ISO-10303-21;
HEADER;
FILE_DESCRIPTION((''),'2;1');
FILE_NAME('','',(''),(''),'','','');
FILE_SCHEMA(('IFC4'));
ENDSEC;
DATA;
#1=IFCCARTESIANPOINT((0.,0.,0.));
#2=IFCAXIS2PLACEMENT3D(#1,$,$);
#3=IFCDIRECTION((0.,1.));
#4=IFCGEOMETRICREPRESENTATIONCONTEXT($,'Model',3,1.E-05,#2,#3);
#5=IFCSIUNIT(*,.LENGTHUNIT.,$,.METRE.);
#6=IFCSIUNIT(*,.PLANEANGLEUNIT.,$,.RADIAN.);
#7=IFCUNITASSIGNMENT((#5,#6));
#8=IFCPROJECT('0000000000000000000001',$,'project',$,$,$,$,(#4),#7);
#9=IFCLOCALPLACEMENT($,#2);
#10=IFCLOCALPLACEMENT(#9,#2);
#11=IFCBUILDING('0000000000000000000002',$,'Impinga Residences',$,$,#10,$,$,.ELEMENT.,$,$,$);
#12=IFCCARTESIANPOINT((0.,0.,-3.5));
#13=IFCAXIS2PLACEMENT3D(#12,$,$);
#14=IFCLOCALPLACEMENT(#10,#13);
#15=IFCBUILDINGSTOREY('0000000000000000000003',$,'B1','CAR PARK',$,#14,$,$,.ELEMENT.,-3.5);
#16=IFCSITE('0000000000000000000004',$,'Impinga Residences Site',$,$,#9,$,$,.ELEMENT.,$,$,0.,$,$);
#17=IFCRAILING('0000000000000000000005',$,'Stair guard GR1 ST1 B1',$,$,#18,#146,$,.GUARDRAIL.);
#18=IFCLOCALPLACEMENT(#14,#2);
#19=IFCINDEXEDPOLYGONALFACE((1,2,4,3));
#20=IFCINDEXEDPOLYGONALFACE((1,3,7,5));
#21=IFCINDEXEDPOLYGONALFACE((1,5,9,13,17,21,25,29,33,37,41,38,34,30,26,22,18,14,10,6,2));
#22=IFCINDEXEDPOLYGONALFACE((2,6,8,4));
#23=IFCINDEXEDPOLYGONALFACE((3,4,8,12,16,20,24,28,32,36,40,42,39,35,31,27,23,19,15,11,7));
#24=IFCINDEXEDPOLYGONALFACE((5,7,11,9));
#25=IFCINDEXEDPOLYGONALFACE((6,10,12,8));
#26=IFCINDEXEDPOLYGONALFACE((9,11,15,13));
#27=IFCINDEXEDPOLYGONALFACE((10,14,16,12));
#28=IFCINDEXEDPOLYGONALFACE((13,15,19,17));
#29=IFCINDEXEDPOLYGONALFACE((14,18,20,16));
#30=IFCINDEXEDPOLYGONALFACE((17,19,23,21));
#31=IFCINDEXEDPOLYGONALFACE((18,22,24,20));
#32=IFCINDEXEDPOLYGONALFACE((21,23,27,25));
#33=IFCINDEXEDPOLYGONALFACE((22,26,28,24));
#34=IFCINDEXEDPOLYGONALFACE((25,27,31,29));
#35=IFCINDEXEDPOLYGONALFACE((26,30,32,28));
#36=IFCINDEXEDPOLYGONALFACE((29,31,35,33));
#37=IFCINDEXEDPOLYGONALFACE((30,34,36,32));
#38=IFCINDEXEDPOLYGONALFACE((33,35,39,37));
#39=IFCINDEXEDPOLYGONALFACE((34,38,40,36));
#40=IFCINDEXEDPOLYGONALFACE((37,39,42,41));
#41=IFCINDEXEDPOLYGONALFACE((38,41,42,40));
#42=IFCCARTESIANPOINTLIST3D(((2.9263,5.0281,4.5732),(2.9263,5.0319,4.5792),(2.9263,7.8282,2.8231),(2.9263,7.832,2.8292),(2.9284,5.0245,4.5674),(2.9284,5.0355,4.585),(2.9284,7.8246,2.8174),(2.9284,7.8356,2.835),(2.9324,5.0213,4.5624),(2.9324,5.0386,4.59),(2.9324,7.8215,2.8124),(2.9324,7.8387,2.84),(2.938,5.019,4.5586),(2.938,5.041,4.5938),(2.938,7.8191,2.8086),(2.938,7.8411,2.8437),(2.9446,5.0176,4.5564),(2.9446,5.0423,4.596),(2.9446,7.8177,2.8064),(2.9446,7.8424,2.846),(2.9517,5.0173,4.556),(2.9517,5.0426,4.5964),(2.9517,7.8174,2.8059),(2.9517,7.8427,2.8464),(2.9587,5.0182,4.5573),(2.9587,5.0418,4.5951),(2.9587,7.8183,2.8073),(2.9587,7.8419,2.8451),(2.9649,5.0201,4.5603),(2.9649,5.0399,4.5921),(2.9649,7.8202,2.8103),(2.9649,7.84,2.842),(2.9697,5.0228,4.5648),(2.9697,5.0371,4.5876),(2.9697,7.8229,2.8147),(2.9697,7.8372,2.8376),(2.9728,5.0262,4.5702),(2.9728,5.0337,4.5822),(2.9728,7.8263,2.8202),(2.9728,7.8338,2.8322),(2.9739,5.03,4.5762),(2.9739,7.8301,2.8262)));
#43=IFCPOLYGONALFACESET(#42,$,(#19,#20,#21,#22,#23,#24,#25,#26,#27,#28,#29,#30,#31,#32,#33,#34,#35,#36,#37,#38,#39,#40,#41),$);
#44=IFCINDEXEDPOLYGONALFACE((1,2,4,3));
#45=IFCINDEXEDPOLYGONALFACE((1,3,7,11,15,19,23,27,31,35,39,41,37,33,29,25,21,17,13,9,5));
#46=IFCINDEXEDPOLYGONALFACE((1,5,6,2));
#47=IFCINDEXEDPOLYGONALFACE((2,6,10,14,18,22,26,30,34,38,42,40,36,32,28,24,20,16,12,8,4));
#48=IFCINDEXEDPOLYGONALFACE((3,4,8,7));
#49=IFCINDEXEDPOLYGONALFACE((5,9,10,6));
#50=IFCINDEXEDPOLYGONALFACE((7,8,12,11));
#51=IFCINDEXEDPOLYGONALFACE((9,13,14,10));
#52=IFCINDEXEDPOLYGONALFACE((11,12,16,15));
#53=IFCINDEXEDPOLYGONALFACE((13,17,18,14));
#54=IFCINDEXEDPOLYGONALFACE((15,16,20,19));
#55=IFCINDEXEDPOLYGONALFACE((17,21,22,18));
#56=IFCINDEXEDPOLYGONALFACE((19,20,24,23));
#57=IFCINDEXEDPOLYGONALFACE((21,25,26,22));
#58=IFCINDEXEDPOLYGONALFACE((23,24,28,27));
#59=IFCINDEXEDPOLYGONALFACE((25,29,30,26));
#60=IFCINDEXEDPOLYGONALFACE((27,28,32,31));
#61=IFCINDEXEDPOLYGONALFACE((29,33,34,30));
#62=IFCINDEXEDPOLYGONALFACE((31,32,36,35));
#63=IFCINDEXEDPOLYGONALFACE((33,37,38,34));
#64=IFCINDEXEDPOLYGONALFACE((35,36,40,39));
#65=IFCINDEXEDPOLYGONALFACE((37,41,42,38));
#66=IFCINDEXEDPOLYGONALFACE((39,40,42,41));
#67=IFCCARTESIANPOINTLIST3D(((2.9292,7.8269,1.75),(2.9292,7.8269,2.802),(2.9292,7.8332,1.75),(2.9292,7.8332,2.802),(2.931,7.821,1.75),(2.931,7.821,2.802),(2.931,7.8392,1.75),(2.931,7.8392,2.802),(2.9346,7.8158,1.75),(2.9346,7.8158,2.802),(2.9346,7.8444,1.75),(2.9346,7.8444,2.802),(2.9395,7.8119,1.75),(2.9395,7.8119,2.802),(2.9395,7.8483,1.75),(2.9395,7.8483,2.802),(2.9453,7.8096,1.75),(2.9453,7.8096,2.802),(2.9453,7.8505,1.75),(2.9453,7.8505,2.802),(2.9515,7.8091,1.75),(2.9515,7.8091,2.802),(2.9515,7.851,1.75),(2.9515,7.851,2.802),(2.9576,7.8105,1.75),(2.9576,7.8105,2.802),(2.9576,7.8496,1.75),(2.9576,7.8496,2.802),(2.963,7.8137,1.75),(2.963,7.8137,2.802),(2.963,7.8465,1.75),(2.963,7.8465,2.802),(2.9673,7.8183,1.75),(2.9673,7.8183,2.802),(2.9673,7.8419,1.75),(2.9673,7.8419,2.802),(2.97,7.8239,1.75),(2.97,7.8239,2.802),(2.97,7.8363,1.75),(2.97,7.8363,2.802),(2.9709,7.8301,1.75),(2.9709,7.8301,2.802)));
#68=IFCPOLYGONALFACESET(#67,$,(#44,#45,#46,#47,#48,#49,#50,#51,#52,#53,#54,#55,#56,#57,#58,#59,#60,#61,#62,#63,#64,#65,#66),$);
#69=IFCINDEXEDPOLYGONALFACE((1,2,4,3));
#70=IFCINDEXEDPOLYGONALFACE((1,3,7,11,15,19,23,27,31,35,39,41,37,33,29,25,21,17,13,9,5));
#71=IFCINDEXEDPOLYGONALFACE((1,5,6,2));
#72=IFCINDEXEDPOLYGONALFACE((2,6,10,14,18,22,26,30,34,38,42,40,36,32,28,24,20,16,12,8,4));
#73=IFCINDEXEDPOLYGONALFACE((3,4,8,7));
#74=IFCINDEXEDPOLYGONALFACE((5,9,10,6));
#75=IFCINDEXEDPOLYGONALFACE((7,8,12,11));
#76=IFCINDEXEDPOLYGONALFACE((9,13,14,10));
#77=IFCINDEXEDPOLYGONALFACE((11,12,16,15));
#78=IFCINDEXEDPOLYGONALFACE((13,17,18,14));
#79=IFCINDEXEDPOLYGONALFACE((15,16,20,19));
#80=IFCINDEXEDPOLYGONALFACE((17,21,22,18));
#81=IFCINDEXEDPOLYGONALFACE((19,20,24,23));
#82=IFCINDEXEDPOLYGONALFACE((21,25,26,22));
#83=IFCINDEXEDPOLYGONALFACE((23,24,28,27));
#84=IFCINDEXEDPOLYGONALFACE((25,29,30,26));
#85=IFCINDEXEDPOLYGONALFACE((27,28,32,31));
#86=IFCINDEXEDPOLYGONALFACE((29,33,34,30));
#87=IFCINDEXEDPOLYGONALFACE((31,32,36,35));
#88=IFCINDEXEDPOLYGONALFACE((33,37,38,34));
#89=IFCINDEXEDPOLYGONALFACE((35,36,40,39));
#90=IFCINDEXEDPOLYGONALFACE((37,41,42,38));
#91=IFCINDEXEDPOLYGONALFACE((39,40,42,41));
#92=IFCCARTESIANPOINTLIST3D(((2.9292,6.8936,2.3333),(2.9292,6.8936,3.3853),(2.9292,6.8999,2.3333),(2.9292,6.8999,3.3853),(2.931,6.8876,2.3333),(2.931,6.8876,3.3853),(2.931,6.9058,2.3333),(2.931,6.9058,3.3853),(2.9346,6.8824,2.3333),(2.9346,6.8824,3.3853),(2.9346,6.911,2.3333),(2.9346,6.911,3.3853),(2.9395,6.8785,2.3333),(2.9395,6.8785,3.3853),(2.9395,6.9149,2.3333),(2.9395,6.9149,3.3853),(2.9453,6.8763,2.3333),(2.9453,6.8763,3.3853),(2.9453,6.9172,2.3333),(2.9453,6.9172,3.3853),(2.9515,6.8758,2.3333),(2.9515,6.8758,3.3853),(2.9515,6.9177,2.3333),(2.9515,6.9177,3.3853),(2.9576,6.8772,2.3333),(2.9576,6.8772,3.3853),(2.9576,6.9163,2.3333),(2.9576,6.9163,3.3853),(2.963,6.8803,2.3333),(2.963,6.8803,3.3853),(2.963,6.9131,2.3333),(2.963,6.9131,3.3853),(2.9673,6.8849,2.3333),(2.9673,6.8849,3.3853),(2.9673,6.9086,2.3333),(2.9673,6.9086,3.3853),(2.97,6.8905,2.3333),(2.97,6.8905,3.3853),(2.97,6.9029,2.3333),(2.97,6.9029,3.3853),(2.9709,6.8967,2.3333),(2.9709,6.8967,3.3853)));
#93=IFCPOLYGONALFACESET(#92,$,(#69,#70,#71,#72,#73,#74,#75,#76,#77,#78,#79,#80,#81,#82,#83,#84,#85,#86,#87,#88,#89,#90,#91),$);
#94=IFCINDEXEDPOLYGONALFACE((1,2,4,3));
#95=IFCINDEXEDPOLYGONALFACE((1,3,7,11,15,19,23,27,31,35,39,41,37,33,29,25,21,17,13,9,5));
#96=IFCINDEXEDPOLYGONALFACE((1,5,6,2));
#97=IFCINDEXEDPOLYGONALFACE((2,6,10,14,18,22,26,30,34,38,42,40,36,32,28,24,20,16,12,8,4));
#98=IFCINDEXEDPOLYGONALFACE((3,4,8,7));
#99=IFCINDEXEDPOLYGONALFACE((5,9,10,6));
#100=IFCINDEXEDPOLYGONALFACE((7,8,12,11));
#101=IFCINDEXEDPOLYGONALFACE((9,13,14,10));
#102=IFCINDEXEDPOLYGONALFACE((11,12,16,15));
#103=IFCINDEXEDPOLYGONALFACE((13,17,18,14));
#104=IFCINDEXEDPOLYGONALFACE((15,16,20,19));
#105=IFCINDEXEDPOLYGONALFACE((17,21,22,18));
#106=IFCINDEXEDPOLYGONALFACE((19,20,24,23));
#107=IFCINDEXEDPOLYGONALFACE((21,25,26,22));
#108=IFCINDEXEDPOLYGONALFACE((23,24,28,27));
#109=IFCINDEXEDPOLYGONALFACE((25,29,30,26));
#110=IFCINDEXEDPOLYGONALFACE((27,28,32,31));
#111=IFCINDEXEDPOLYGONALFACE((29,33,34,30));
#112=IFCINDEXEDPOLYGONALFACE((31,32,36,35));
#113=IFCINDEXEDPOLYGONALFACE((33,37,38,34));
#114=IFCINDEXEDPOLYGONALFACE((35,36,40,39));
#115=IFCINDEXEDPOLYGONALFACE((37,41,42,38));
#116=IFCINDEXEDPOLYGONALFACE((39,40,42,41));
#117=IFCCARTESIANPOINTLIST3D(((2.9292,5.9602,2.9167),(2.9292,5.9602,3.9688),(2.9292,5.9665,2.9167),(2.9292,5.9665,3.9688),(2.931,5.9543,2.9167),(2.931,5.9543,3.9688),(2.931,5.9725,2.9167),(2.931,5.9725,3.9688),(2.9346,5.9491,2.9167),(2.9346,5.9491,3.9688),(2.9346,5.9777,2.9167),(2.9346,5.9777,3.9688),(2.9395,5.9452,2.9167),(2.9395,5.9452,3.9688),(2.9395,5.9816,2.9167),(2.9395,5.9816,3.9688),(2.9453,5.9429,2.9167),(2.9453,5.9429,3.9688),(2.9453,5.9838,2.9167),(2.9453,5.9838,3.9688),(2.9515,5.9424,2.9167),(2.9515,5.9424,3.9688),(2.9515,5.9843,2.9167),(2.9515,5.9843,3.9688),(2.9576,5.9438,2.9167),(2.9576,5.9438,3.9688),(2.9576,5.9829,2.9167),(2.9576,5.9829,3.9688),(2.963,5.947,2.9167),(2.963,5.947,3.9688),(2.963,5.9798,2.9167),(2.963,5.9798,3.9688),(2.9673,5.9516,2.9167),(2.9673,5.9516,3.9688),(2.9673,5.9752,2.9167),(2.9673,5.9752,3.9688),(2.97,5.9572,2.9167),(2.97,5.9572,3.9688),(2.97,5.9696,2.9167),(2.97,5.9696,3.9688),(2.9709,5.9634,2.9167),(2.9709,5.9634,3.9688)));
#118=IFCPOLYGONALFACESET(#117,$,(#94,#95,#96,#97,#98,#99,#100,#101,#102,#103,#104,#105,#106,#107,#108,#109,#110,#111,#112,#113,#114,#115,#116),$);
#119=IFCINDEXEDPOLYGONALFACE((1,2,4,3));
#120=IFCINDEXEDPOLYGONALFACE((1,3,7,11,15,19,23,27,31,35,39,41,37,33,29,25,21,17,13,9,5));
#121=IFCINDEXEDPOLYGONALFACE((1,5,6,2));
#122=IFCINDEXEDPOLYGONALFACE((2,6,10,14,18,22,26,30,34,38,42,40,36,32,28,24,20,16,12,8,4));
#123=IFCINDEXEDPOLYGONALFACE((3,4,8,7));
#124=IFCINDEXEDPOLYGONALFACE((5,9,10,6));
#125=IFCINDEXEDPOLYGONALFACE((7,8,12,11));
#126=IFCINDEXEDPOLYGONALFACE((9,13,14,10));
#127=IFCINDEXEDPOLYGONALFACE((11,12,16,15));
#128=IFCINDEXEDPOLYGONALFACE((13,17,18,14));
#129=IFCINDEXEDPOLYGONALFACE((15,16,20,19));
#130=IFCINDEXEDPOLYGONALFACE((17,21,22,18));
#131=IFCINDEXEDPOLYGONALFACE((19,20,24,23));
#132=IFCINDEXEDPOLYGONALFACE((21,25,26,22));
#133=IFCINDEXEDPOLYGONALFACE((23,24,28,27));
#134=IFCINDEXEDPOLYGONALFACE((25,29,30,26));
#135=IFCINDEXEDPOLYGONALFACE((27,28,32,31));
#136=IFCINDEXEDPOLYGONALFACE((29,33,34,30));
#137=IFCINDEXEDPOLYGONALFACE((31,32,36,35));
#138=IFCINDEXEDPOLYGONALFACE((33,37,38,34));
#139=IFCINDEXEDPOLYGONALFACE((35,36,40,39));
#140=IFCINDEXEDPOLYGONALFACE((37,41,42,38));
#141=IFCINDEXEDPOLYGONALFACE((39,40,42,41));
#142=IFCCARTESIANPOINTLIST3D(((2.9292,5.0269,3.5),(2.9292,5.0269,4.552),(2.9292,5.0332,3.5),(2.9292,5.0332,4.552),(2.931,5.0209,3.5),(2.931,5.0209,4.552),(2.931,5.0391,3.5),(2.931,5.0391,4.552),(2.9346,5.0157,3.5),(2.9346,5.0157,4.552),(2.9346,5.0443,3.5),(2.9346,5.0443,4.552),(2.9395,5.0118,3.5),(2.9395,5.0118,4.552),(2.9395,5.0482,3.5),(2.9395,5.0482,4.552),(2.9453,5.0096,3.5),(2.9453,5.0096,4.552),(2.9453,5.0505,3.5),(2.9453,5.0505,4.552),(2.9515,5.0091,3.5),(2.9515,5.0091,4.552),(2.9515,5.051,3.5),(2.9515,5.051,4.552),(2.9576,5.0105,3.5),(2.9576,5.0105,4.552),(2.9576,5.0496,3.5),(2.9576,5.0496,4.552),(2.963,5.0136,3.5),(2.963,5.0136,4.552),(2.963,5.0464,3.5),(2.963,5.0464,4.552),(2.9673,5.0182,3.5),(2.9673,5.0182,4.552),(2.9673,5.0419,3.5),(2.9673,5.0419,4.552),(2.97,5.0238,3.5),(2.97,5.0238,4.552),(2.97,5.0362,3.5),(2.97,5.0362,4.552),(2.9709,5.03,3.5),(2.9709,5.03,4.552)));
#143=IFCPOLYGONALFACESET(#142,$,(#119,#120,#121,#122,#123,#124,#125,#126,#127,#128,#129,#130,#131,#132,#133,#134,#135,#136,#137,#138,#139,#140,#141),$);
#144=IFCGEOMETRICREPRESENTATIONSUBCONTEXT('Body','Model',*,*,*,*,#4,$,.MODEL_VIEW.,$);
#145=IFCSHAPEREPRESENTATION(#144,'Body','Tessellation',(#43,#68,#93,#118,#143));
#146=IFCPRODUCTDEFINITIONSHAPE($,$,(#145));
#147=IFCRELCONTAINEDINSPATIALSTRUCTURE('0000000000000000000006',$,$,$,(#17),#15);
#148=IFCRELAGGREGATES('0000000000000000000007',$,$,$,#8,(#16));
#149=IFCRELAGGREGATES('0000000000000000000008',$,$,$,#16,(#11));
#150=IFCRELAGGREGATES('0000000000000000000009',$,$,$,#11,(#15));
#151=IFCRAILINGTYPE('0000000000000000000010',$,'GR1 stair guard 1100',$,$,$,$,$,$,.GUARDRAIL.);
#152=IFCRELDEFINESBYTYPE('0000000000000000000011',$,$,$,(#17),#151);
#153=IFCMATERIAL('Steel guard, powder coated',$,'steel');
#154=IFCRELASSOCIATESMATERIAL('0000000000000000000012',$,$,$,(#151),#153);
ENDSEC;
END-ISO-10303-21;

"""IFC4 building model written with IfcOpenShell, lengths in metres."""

from ifc_helpers import new_model, si_unit, direction, frame, origin, origin_2d, place, context, subcontext, project, spatial, circle, extrude, material, type_object, element, save


model = new_model("IFC4")

# Units and contexts
model_context = context("Model", 3, precision=1e-05, world=origin(), true_north=direction((0.0, 1.0)))
body_context = subcontext(model_context, "Body", "Model", "MODEL_VIEW")
ifc_project = project(units=[si_unit("LENGTHUNIT", "METRE"), si_unit("PLANEANGLEUNIT", "RADIAN")], contexts=[model_context])

# Site, building, storey
site_placement = place(None, origin())
site = spatial("IfcSite", under=ifc_project, at=site_placement, Name="Impinga Residences Site", CompositionType="ELEMENT", RefElevation=0.0)
building_placement = place(site_placement, origin())
building = spatial("IfcBuilding", under=site, at=building_placement, Name="Impinga Residences", CompositionType="ELEMENT")
storey_placement = place(building_placement, frame((0.0, 0.0, -3.5)))
storey = spatial("IfcBuildingStorey", under=building, at=storey_placement, Name="B1", Description="CAR PARK", CompositionType="ELEMENT", Elevation=-3.5)

# Railing
ifc_material_1 = material(Name="Steel guard, powder coated", Category="steel")
railing_type_1 = type_object("IfcRailingType", Name="GR1 stair guard 1100", PredefinedType="GUARDRAIL", material=ifc_material_1)
railing_1_placement = place(storey_placement, frame((2.95, 7.8301, 1.75)))
element("IfcRailing", 1, at=railing_1_placement, inside=storey, type_object=railing_type_1, Name="Stair guard GR1 ST1 B1", PredefinedType="GUARDRAIL", context=body_context, shape_type="SweptSolid", body=[
    extrude(circle(Radius=0.0239, at=origin_2d()), frame((0.0, 0.0, 1.0762), z_axis=(0.0, -0.848002, 0.529992), x_axis=(1.0, 0.0, 0.0)), (0.0, 0.0, 1.0), 3.302),
    extrude(circle(Radius=0.021, at=origin_2d()), origin(), (0.0, 0.0, 1.0), 1.052),
    extrude(circle(Radius=0.021, at=origin_2d()), frame((0.0, -0.9333, 0.5833)), (0.0, 0.0, 1.0), 1.052),
    extrude(circle(Radius=0.021, at=origin_2d()), frame((0.0, -1.8667, 1.1667)), (0.0, 0.0, 1.0), 1.052),
    extrude(circle(Radius=0.021, at=origin_2d()), frame((0.0, -2.8, 1.75)), (0.0, 0.0, 1.0), 1.052),
])

save(model, "model.ifc")
